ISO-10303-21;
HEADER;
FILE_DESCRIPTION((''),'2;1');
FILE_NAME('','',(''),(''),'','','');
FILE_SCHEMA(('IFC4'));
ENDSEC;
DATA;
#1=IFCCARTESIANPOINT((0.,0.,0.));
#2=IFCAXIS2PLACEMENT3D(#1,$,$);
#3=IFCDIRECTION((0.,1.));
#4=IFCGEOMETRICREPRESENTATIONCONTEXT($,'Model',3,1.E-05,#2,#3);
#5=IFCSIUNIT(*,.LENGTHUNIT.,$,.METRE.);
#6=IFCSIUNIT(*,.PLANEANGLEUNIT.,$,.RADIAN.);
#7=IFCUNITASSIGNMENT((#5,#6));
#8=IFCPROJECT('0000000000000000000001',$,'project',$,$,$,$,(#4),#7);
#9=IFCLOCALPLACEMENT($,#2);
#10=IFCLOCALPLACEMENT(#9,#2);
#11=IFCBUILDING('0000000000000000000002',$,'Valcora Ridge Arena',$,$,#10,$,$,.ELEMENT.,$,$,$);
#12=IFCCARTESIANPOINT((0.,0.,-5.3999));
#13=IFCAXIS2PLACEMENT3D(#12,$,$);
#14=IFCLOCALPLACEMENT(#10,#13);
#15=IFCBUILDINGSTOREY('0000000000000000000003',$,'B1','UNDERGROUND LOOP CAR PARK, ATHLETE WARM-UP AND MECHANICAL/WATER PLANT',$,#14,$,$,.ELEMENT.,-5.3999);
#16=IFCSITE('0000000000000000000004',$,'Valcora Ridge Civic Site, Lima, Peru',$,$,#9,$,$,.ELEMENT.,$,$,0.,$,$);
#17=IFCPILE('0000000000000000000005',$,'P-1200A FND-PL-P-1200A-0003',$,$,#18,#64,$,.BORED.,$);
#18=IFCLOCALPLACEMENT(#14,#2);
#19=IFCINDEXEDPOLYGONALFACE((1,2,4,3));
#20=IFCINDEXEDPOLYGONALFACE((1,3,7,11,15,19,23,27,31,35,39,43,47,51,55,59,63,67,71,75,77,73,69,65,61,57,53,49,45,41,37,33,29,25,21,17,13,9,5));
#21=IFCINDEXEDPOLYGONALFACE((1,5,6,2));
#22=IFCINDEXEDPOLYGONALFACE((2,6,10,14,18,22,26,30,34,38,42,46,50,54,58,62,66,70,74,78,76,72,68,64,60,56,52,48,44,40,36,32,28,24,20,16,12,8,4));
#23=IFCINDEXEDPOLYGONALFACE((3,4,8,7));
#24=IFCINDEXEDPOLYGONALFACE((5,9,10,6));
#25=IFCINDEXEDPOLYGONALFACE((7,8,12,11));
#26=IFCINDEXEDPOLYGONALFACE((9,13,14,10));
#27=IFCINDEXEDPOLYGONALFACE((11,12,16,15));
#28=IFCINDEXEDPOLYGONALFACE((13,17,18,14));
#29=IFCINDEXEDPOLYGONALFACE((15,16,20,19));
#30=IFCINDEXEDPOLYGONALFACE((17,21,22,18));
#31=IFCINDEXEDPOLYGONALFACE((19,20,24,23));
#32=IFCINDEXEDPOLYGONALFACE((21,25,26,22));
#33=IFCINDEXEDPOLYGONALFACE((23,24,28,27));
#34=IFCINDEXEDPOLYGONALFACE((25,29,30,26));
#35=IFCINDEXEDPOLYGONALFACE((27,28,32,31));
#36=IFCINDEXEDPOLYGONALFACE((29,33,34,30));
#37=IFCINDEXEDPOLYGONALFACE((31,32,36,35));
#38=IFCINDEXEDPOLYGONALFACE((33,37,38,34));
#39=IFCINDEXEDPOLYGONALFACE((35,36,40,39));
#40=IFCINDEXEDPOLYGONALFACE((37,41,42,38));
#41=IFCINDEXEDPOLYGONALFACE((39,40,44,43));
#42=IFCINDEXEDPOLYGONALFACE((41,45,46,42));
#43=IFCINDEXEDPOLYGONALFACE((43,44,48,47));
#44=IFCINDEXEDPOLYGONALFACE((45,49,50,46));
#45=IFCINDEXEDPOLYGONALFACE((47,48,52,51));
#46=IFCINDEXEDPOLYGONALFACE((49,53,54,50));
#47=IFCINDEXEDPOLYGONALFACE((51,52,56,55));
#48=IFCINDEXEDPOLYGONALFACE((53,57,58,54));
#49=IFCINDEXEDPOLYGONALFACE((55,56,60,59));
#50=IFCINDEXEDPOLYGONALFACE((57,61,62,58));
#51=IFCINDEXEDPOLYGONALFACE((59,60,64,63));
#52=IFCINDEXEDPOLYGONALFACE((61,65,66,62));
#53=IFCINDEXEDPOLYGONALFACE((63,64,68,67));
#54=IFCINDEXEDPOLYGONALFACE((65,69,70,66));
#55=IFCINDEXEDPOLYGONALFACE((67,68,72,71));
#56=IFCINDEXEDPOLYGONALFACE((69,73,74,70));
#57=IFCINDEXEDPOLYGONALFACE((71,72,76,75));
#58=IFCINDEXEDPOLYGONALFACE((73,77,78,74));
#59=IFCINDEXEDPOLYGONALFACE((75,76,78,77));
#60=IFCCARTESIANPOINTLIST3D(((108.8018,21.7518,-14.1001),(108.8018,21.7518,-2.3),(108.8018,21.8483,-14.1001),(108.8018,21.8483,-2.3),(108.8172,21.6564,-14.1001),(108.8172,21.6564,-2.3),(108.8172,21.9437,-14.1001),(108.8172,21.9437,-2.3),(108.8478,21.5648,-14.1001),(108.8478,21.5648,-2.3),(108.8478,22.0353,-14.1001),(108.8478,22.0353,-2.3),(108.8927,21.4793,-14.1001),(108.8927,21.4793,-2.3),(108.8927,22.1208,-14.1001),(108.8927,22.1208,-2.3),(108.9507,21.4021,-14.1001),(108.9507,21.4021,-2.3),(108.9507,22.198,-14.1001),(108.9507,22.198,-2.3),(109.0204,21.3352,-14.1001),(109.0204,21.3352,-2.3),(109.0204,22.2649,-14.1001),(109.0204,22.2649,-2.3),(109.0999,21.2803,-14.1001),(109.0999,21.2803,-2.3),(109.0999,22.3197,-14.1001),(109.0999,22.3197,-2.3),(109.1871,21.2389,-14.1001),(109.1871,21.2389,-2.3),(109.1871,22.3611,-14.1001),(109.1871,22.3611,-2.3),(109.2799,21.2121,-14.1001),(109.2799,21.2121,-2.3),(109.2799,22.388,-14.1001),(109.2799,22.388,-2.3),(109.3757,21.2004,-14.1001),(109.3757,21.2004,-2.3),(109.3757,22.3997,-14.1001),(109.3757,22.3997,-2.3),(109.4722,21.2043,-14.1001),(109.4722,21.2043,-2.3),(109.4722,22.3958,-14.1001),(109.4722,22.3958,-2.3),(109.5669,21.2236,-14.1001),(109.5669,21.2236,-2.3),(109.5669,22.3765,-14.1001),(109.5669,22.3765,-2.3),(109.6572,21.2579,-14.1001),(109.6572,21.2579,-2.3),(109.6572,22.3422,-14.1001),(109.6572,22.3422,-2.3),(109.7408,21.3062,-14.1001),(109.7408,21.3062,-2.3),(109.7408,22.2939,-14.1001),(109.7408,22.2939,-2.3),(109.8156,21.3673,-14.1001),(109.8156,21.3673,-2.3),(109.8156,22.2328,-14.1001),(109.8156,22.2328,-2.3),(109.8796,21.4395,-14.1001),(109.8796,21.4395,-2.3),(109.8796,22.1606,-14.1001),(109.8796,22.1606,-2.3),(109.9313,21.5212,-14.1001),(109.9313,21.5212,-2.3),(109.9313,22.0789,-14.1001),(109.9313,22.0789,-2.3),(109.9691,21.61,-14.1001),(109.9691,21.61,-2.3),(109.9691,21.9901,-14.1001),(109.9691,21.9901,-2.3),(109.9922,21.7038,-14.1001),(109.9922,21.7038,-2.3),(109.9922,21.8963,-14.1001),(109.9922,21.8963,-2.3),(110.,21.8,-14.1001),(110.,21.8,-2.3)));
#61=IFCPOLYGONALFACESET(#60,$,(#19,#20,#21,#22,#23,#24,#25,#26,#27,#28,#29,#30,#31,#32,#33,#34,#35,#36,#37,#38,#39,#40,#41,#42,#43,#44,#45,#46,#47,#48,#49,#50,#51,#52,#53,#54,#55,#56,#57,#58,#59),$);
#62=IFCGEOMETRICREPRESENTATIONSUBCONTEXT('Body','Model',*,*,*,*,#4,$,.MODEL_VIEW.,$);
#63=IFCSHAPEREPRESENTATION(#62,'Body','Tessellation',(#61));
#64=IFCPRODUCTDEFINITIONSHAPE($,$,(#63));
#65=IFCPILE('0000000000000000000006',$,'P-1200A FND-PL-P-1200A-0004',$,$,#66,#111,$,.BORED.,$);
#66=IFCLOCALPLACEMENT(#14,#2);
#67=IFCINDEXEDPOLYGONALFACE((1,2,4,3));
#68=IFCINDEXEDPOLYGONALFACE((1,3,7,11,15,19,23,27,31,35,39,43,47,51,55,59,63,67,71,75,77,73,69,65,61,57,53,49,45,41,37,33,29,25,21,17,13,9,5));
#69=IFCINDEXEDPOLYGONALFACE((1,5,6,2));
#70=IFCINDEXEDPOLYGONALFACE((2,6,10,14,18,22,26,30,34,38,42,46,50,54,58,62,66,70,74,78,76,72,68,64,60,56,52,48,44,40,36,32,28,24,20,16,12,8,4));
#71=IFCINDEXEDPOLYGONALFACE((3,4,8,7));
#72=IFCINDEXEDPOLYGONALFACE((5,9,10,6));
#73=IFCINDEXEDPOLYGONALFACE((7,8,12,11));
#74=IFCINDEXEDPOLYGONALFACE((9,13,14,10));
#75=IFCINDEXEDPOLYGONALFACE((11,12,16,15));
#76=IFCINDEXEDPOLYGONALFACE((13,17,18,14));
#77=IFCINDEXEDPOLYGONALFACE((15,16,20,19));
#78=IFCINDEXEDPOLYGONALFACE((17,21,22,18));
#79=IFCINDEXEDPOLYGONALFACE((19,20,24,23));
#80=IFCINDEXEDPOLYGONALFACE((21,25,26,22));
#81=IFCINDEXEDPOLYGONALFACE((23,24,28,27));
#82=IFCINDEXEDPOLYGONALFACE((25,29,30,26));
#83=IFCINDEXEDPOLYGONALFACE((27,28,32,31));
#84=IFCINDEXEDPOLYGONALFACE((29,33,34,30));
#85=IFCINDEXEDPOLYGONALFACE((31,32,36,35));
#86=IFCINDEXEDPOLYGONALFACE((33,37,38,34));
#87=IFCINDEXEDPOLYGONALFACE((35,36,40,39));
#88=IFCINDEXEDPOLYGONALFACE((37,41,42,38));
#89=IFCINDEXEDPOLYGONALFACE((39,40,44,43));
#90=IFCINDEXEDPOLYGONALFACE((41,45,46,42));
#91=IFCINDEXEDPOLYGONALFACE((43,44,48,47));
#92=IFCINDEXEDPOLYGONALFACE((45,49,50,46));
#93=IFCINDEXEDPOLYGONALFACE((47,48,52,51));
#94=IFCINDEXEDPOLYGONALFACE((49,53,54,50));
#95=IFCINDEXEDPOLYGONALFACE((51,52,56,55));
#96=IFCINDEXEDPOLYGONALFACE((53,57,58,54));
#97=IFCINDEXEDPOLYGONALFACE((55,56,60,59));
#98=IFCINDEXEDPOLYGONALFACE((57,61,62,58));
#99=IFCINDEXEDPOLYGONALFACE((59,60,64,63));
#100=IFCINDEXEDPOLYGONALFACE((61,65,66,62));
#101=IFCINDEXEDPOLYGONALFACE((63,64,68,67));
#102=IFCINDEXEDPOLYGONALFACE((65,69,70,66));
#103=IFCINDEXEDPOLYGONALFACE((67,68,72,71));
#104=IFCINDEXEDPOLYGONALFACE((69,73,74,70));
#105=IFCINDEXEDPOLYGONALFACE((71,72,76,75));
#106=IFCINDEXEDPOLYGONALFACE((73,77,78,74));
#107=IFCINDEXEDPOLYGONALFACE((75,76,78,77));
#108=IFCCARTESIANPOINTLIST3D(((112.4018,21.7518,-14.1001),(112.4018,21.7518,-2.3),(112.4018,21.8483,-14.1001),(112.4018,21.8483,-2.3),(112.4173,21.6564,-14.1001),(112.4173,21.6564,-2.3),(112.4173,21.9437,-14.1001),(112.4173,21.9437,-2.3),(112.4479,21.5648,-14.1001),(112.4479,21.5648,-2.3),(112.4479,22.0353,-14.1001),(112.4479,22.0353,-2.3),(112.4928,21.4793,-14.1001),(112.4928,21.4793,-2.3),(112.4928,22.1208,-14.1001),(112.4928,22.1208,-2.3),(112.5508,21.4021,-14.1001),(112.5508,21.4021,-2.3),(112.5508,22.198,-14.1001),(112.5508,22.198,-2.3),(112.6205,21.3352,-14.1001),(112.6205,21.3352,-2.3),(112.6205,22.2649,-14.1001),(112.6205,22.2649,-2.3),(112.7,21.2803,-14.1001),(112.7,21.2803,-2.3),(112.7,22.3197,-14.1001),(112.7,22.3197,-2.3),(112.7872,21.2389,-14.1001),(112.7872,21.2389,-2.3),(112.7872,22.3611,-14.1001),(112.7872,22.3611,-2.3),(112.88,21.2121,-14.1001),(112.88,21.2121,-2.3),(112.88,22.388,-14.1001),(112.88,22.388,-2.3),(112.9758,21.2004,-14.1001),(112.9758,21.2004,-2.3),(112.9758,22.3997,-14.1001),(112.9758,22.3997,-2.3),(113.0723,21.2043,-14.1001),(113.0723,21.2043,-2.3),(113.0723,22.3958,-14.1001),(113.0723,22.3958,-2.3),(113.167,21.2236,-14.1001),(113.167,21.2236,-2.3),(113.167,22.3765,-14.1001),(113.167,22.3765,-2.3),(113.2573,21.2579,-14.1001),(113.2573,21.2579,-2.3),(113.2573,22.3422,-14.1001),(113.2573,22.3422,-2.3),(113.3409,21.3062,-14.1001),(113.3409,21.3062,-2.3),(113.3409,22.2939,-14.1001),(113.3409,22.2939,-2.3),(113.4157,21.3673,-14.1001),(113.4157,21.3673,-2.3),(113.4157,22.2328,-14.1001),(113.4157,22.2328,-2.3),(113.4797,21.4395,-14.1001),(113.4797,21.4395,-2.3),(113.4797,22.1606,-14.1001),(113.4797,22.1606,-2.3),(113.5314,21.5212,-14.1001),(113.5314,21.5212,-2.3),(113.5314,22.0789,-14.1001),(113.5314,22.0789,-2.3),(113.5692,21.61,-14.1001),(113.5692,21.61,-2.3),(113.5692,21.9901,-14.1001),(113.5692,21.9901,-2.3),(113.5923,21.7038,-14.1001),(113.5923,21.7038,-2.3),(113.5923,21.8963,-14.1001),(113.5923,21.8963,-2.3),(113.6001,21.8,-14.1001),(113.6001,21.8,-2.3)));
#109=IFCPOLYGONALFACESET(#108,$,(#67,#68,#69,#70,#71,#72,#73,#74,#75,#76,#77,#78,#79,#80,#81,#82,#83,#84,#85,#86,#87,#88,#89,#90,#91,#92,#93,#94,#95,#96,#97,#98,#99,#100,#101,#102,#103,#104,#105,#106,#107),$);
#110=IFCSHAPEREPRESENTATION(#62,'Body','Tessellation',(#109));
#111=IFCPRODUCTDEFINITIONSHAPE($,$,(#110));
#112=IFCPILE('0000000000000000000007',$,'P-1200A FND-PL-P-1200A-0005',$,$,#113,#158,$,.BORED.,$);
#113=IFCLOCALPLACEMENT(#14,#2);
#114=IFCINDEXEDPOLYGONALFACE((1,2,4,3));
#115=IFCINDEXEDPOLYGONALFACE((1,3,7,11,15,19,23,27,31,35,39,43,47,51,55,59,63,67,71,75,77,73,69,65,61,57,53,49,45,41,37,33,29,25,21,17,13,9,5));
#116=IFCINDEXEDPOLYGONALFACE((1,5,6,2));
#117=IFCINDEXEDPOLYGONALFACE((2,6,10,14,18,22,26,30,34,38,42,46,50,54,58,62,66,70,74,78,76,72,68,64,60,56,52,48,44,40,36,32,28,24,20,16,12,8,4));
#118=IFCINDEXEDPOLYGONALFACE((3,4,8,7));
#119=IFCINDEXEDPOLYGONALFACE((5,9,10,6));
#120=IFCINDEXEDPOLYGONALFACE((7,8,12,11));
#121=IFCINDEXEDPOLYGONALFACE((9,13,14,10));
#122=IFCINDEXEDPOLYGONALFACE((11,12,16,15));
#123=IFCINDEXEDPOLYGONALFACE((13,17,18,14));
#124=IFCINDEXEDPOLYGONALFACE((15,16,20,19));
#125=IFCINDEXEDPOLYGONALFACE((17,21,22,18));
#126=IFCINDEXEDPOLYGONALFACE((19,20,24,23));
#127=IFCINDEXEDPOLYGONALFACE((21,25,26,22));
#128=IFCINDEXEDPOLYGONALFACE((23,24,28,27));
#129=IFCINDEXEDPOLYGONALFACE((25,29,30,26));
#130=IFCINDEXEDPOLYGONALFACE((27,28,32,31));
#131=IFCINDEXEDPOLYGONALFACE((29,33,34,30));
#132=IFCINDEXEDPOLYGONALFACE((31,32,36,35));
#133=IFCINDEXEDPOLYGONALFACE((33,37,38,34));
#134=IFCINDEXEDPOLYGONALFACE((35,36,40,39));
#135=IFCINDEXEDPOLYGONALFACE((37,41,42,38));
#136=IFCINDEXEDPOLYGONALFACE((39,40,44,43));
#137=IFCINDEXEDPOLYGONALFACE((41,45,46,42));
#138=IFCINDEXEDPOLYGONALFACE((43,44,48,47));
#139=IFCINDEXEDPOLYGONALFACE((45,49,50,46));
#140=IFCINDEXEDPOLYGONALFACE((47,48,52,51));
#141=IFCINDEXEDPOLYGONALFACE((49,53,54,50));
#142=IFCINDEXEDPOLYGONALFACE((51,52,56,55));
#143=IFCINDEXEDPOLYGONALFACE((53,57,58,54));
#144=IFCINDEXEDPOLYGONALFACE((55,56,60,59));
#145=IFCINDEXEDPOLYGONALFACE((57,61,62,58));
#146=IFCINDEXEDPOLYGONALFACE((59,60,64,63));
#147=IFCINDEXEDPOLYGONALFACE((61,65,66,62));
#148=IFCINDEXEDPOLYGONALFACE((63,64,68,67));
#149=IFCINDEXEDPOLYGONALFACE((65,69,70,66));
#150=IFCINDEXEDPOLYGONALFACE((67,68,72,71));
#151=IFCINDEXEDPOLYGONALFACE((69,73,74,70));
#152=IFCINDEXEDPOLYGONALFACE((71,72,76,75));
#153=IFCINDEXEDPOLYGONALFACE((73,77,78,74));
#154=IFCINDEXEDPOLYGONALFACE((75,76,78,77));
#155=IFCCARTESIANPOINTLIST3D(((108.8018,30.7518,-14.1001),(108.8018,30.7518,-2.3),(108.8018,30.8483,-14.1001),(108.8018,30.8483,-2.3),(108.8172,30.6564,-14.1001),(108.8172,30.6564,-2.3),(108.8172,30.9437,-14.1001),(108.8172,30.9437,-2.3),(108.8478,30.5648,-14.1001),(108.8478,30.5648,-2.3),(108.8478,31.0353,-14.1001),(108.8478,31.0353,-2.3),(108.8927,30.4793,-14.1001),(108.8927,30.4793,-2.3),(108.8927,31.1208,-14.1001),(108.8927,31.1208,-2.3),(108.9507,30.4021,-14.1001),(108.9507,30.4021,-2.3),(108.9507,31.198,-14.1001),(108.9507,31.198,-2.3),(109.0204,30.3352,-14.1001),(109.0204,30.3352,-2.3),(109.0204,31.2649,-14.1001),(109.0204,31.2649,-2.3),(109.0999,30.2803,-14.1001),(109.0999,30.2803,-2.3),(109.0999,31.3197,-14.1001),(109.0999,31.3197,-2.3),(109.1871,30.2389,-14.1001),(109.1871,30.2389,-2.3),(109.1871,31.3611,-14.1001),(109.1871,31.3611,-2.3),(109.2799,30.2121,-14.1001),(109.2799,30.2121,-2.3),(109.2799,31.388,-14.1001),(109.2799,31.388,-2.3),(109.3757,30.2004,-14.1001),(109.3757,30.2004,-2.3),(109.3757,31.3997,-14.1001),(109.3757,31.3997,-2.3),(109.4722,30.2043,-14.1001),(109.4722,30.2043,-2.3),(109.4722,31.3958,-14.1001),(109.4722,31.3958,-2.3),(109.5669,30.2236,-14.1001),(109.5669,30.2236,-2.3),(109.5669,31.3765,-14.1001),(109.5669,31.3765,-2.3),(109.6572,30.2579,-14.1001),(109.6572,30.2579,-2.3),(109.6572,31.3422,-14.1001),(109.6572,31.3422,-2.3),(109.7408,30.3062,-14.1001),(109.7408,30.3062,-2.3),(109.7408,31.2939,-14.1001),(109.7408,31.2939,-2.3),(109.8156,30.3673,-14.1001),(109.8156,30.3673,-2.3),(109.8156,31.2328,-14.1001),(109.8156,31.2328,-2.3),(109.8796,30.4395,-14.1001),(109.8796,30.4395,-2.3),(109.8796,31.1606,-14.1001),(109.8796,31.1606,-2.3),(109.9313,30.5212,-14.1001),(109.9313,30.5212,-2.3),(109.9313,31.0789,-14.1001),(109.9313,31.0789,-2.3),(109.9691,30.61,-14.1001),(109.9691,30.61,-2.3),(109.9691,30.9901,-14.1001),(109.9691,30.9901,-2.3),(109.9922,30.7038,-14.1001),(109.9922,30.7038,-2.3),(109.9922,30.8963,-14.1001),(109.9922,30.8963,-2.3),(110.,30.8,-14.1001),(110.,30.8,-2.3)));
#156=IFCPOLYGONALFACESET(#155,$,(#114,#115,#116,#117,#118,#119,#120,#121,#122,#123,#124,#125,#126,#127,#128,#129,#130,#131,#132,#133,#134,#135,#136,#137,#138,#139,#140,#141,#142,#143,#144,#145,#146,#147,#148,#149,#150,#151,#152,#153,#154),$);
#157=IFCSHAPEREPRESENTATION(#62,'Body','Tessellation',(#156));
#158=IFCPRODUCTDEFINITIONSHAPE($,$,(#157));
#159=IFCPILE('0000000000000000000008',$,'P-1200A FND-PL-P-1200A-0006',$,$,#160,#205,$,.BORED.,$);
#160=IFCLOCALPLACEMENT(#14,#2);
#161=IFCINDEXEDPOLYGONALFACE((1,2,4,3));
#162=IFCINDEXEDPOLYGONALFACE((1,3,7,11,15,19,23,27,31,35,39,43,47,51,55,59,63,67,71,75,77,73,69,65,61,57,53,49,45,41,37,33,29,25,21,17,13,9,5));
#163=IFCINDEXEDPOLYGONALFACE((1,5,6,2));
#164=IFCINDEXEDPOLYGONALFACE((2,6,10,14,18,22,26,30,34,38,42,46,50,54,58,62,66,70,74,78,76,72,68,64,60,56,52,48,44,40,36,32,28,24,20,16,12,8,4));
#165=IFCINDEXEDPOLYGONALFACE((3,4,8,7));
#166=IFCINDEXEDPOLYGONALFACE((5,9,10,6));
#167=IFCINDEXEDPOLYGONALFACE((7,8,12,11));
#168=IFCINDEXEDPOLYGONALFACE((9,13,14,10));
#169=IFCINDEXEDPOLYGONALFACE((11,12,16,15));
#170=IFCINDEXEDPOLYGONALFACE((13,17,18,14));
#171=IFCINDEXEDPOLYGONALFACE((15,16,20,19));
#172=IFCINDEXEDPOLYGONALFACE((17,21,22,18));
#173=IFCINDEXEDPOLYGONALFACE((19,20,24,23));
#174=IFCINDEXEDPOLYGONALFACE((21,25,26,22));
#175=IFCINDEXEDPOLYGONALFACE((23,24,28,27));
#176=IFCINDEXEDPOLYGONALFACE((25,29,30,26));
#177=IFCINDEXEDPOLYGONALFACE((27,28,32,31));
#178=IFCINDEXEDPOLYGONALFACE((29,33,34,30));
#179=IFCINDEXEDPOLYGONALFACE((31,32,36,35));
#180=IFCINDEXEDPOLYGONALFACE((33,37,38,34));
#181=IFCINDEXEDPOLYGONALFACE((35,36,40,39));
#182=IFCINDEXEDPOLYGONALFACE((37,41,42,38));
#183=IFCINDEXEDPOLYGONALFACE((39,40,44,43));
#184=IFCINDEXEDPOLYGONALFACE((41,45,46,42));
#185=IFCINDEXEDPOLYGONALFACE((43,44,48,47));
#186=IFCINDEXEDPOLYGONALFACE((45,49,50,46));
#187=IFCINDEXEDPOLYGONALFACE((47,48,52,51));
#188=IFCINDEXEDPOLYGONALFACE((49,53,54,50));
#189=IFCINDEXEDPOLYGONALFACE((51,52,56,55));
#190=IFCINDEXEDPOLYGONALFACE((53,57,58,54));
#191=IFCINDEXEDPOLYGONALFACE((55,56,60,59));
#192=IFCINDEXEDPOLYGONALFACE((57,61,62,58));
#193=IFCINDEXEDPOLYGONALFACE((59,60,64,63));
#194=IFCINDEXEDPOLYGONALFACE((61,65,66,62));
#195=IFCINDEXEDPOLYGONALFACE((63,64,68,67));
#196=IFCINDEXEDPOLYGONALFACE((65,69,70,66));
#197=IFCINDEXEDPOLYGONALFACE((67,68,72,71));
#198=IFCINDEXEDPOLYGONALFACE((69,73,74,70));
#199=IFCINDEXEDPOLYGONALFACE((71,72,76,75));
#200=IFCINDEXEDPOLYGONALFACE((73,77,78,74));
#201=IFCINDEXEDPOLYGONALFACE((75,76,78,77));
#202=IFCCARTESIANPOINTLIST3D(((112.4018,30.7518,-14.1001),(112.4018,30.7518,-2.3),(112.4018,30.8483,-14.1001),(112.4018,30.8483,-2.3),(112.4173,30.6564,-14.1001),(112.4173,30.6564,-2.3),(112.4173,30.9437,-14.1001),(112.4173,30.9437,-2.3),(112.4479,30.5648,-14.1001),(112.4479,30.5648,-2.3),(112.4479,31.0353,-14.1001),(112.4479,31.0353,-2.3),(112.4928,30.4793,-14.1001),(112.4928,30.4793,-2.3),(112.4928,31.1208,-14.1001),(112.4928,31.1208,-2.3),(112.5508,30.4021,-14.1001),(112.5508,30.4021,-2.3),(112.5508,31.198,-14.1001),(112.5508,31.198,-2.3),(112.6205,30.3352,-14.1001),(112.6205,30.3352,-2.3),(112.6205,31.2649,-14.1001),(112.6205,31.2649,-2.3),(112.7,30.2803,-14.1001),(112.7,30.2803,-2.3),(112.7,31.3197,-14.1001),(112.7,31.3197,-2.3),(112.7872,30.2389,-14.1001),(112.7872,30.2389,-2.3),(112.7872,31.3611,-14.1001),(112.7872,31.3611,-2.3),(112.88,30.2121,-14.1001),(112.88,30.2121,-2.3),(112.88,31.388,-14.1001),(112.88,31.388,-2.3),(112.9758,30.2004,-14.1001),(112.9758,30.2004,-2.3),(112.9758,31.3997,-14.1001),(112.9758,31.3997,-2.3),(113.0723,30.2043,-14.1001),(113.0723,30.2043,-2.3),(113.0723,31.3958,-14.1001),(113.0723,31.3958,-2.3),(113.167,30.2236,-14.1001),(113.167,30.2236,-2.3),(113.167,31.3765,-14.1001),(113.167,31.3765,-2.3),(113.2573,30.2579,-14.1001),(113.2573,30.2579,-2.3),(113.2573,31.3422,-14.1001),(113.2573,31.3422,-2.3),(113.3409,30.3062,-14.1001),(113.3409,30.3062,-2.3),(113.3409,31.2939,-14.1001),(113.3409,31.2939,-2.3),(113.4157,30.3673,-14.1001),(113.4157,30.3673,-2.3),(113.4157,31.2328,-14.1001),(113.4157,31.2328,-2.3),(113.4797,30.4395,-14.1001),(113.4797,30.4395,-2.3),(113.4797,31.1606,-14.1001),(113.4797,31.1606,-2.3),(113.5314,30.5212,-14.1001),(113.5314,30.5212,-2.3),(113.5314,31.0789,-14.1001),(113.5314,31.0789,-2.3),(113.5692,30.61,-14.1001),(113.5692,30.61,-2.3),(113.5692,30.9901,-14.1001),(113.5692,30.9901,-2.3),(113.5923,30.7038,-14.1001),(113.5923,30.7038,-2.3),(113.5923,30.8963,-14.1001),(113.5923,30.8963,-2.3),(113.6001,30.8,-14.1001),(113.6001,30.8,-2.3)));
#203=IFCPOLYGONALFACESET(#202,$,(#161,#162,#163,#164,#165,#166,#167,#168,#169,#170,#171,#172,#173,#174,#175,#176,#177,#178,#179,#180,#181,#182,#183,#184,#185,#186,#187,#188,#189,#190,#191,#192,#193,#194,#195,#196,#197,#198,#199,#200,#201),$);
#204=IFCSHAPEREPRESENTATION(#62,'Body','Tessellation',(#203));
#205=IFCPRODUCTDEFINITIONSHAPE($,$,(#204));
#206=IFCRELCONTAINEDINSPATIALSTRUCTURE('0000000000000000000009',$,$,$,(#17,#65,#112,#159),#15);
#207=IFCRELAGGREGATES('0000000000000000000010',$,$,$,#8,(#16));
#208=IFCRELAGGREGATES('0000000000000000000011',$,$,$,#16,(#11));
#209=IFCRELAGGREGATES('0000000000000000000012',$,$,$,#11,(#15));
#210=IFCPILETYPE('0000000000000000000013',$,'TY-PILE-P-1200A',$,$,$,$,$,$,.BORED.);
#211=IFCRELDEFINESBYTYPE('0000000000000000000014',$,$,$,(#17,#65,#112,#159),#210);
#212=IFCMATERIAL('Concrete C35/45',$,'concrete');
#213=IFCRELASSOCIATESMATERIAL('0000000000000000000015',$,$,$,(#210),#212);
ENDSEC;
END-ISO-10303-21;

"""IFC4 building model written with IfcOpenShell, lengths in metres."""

from ifc_helpers import new_model, si_unit, direction, frame, origin, origin_2d, place, context, subcontext, project, spatial, circle, extrude, material, material_profile, profile_set, type_object, element, save


model = new_model("IFC4")

# Units and contexts
model_context = context("Model", 3, precision=1e-05, world=origin(), true_north=direction((0.0, 1.0)))
body_context = subcontext(model_context, "Body", "Model", "MODEL_VIEW")
ifc_project = project(units=[si_unit("LENGTHUNIT", "METRE"), si_unit("PLANEANGLEUNIT", "RADIAN")], contexts=[model_context])

# Site, building, storey
site_placement = place(None, origin())
site = spatial("IfcSite", under=ifc_project, at=site_placement, Name="Valcora Ridge Civic Site, Lima, Peru", CompositionType="ELEMENT", RefElevation=0.0)
building_placement = place(site_placement, origin())
building = spatial("IfcBuilding", under=site, at=building_placement, Name="Valcora Ridge Arena", CompositionType="ELEMENT")
storey_placement = place(building_placement, frame((0.0, 0.0, -5.3999)))
storey = spatial("IfcBuildingStorey", under=building, at=storey_placement, Name="B1", Description="UNDERGROUND LOOP CAR PARK, ATHLETE WARM-UP AND MECHANICAL/WATER PLANT", CompositionType="ELEMENT", Elevation=-5.3999)

# Piles
ifc_material_1 = material(Name="Concrete C35/45", Category="concrete")
ifc_material_profile_1 = material_profile(ifc_material_1, circle(Radius=0.6001, at=origin_2d()), Name="BORED PILE D1200")
ifc_profile_set_1 = profile_set([ifc_material_profile_1], Name="Concrete C35/45")
pile_type = type_object("IfcPileType", Name="TY-PILE-P-1200A", PredefinedType="BORED", material=ifc_profile_set_1)
for number, where, z_axis, x_axis, name in (
    (1, (109.3999, 21.8, -2.3), (0.0, 0.0, -1.0), (1.0, 0.0, 0.0), "P-1200A FND-PL-P-1200A-0003"),
    (2, (113.0, 21.8, -2.3), (0.0, 0.0, -1.0), (1.0, 0.0, 0.0), "P-1200A FND-PL-P-1200A-0004"),
    (3, (109.3999, 30.8, -2.3), (0.0, 0.0, -1.0), (1.0, 0.0, 0.0), "P-1200A FND-PL-P-1200A-0005"),
    (4, (113.0, 30.8, -2.3), (0.0, 0.0, -1.0), (1.0, 0.0, 0.0), "P-1200A FND-PL-P-1200A-0006"),
):
    element("IfcPile", number, at=place(storey_placement, frame(where, z_axis=z_axis, x_axis=x_axis)), inside=storey, type_object=pile_type, Name=name, PredefinedType="BORED", context=body_context, shape_type="SweptSolid", body=[
        extrude(circle(Radius=0.6001, at=origin_2d()), origin(), (0.0, 0.0, 1.0), 11.8),
    ])

save(model, "model.ifc")
